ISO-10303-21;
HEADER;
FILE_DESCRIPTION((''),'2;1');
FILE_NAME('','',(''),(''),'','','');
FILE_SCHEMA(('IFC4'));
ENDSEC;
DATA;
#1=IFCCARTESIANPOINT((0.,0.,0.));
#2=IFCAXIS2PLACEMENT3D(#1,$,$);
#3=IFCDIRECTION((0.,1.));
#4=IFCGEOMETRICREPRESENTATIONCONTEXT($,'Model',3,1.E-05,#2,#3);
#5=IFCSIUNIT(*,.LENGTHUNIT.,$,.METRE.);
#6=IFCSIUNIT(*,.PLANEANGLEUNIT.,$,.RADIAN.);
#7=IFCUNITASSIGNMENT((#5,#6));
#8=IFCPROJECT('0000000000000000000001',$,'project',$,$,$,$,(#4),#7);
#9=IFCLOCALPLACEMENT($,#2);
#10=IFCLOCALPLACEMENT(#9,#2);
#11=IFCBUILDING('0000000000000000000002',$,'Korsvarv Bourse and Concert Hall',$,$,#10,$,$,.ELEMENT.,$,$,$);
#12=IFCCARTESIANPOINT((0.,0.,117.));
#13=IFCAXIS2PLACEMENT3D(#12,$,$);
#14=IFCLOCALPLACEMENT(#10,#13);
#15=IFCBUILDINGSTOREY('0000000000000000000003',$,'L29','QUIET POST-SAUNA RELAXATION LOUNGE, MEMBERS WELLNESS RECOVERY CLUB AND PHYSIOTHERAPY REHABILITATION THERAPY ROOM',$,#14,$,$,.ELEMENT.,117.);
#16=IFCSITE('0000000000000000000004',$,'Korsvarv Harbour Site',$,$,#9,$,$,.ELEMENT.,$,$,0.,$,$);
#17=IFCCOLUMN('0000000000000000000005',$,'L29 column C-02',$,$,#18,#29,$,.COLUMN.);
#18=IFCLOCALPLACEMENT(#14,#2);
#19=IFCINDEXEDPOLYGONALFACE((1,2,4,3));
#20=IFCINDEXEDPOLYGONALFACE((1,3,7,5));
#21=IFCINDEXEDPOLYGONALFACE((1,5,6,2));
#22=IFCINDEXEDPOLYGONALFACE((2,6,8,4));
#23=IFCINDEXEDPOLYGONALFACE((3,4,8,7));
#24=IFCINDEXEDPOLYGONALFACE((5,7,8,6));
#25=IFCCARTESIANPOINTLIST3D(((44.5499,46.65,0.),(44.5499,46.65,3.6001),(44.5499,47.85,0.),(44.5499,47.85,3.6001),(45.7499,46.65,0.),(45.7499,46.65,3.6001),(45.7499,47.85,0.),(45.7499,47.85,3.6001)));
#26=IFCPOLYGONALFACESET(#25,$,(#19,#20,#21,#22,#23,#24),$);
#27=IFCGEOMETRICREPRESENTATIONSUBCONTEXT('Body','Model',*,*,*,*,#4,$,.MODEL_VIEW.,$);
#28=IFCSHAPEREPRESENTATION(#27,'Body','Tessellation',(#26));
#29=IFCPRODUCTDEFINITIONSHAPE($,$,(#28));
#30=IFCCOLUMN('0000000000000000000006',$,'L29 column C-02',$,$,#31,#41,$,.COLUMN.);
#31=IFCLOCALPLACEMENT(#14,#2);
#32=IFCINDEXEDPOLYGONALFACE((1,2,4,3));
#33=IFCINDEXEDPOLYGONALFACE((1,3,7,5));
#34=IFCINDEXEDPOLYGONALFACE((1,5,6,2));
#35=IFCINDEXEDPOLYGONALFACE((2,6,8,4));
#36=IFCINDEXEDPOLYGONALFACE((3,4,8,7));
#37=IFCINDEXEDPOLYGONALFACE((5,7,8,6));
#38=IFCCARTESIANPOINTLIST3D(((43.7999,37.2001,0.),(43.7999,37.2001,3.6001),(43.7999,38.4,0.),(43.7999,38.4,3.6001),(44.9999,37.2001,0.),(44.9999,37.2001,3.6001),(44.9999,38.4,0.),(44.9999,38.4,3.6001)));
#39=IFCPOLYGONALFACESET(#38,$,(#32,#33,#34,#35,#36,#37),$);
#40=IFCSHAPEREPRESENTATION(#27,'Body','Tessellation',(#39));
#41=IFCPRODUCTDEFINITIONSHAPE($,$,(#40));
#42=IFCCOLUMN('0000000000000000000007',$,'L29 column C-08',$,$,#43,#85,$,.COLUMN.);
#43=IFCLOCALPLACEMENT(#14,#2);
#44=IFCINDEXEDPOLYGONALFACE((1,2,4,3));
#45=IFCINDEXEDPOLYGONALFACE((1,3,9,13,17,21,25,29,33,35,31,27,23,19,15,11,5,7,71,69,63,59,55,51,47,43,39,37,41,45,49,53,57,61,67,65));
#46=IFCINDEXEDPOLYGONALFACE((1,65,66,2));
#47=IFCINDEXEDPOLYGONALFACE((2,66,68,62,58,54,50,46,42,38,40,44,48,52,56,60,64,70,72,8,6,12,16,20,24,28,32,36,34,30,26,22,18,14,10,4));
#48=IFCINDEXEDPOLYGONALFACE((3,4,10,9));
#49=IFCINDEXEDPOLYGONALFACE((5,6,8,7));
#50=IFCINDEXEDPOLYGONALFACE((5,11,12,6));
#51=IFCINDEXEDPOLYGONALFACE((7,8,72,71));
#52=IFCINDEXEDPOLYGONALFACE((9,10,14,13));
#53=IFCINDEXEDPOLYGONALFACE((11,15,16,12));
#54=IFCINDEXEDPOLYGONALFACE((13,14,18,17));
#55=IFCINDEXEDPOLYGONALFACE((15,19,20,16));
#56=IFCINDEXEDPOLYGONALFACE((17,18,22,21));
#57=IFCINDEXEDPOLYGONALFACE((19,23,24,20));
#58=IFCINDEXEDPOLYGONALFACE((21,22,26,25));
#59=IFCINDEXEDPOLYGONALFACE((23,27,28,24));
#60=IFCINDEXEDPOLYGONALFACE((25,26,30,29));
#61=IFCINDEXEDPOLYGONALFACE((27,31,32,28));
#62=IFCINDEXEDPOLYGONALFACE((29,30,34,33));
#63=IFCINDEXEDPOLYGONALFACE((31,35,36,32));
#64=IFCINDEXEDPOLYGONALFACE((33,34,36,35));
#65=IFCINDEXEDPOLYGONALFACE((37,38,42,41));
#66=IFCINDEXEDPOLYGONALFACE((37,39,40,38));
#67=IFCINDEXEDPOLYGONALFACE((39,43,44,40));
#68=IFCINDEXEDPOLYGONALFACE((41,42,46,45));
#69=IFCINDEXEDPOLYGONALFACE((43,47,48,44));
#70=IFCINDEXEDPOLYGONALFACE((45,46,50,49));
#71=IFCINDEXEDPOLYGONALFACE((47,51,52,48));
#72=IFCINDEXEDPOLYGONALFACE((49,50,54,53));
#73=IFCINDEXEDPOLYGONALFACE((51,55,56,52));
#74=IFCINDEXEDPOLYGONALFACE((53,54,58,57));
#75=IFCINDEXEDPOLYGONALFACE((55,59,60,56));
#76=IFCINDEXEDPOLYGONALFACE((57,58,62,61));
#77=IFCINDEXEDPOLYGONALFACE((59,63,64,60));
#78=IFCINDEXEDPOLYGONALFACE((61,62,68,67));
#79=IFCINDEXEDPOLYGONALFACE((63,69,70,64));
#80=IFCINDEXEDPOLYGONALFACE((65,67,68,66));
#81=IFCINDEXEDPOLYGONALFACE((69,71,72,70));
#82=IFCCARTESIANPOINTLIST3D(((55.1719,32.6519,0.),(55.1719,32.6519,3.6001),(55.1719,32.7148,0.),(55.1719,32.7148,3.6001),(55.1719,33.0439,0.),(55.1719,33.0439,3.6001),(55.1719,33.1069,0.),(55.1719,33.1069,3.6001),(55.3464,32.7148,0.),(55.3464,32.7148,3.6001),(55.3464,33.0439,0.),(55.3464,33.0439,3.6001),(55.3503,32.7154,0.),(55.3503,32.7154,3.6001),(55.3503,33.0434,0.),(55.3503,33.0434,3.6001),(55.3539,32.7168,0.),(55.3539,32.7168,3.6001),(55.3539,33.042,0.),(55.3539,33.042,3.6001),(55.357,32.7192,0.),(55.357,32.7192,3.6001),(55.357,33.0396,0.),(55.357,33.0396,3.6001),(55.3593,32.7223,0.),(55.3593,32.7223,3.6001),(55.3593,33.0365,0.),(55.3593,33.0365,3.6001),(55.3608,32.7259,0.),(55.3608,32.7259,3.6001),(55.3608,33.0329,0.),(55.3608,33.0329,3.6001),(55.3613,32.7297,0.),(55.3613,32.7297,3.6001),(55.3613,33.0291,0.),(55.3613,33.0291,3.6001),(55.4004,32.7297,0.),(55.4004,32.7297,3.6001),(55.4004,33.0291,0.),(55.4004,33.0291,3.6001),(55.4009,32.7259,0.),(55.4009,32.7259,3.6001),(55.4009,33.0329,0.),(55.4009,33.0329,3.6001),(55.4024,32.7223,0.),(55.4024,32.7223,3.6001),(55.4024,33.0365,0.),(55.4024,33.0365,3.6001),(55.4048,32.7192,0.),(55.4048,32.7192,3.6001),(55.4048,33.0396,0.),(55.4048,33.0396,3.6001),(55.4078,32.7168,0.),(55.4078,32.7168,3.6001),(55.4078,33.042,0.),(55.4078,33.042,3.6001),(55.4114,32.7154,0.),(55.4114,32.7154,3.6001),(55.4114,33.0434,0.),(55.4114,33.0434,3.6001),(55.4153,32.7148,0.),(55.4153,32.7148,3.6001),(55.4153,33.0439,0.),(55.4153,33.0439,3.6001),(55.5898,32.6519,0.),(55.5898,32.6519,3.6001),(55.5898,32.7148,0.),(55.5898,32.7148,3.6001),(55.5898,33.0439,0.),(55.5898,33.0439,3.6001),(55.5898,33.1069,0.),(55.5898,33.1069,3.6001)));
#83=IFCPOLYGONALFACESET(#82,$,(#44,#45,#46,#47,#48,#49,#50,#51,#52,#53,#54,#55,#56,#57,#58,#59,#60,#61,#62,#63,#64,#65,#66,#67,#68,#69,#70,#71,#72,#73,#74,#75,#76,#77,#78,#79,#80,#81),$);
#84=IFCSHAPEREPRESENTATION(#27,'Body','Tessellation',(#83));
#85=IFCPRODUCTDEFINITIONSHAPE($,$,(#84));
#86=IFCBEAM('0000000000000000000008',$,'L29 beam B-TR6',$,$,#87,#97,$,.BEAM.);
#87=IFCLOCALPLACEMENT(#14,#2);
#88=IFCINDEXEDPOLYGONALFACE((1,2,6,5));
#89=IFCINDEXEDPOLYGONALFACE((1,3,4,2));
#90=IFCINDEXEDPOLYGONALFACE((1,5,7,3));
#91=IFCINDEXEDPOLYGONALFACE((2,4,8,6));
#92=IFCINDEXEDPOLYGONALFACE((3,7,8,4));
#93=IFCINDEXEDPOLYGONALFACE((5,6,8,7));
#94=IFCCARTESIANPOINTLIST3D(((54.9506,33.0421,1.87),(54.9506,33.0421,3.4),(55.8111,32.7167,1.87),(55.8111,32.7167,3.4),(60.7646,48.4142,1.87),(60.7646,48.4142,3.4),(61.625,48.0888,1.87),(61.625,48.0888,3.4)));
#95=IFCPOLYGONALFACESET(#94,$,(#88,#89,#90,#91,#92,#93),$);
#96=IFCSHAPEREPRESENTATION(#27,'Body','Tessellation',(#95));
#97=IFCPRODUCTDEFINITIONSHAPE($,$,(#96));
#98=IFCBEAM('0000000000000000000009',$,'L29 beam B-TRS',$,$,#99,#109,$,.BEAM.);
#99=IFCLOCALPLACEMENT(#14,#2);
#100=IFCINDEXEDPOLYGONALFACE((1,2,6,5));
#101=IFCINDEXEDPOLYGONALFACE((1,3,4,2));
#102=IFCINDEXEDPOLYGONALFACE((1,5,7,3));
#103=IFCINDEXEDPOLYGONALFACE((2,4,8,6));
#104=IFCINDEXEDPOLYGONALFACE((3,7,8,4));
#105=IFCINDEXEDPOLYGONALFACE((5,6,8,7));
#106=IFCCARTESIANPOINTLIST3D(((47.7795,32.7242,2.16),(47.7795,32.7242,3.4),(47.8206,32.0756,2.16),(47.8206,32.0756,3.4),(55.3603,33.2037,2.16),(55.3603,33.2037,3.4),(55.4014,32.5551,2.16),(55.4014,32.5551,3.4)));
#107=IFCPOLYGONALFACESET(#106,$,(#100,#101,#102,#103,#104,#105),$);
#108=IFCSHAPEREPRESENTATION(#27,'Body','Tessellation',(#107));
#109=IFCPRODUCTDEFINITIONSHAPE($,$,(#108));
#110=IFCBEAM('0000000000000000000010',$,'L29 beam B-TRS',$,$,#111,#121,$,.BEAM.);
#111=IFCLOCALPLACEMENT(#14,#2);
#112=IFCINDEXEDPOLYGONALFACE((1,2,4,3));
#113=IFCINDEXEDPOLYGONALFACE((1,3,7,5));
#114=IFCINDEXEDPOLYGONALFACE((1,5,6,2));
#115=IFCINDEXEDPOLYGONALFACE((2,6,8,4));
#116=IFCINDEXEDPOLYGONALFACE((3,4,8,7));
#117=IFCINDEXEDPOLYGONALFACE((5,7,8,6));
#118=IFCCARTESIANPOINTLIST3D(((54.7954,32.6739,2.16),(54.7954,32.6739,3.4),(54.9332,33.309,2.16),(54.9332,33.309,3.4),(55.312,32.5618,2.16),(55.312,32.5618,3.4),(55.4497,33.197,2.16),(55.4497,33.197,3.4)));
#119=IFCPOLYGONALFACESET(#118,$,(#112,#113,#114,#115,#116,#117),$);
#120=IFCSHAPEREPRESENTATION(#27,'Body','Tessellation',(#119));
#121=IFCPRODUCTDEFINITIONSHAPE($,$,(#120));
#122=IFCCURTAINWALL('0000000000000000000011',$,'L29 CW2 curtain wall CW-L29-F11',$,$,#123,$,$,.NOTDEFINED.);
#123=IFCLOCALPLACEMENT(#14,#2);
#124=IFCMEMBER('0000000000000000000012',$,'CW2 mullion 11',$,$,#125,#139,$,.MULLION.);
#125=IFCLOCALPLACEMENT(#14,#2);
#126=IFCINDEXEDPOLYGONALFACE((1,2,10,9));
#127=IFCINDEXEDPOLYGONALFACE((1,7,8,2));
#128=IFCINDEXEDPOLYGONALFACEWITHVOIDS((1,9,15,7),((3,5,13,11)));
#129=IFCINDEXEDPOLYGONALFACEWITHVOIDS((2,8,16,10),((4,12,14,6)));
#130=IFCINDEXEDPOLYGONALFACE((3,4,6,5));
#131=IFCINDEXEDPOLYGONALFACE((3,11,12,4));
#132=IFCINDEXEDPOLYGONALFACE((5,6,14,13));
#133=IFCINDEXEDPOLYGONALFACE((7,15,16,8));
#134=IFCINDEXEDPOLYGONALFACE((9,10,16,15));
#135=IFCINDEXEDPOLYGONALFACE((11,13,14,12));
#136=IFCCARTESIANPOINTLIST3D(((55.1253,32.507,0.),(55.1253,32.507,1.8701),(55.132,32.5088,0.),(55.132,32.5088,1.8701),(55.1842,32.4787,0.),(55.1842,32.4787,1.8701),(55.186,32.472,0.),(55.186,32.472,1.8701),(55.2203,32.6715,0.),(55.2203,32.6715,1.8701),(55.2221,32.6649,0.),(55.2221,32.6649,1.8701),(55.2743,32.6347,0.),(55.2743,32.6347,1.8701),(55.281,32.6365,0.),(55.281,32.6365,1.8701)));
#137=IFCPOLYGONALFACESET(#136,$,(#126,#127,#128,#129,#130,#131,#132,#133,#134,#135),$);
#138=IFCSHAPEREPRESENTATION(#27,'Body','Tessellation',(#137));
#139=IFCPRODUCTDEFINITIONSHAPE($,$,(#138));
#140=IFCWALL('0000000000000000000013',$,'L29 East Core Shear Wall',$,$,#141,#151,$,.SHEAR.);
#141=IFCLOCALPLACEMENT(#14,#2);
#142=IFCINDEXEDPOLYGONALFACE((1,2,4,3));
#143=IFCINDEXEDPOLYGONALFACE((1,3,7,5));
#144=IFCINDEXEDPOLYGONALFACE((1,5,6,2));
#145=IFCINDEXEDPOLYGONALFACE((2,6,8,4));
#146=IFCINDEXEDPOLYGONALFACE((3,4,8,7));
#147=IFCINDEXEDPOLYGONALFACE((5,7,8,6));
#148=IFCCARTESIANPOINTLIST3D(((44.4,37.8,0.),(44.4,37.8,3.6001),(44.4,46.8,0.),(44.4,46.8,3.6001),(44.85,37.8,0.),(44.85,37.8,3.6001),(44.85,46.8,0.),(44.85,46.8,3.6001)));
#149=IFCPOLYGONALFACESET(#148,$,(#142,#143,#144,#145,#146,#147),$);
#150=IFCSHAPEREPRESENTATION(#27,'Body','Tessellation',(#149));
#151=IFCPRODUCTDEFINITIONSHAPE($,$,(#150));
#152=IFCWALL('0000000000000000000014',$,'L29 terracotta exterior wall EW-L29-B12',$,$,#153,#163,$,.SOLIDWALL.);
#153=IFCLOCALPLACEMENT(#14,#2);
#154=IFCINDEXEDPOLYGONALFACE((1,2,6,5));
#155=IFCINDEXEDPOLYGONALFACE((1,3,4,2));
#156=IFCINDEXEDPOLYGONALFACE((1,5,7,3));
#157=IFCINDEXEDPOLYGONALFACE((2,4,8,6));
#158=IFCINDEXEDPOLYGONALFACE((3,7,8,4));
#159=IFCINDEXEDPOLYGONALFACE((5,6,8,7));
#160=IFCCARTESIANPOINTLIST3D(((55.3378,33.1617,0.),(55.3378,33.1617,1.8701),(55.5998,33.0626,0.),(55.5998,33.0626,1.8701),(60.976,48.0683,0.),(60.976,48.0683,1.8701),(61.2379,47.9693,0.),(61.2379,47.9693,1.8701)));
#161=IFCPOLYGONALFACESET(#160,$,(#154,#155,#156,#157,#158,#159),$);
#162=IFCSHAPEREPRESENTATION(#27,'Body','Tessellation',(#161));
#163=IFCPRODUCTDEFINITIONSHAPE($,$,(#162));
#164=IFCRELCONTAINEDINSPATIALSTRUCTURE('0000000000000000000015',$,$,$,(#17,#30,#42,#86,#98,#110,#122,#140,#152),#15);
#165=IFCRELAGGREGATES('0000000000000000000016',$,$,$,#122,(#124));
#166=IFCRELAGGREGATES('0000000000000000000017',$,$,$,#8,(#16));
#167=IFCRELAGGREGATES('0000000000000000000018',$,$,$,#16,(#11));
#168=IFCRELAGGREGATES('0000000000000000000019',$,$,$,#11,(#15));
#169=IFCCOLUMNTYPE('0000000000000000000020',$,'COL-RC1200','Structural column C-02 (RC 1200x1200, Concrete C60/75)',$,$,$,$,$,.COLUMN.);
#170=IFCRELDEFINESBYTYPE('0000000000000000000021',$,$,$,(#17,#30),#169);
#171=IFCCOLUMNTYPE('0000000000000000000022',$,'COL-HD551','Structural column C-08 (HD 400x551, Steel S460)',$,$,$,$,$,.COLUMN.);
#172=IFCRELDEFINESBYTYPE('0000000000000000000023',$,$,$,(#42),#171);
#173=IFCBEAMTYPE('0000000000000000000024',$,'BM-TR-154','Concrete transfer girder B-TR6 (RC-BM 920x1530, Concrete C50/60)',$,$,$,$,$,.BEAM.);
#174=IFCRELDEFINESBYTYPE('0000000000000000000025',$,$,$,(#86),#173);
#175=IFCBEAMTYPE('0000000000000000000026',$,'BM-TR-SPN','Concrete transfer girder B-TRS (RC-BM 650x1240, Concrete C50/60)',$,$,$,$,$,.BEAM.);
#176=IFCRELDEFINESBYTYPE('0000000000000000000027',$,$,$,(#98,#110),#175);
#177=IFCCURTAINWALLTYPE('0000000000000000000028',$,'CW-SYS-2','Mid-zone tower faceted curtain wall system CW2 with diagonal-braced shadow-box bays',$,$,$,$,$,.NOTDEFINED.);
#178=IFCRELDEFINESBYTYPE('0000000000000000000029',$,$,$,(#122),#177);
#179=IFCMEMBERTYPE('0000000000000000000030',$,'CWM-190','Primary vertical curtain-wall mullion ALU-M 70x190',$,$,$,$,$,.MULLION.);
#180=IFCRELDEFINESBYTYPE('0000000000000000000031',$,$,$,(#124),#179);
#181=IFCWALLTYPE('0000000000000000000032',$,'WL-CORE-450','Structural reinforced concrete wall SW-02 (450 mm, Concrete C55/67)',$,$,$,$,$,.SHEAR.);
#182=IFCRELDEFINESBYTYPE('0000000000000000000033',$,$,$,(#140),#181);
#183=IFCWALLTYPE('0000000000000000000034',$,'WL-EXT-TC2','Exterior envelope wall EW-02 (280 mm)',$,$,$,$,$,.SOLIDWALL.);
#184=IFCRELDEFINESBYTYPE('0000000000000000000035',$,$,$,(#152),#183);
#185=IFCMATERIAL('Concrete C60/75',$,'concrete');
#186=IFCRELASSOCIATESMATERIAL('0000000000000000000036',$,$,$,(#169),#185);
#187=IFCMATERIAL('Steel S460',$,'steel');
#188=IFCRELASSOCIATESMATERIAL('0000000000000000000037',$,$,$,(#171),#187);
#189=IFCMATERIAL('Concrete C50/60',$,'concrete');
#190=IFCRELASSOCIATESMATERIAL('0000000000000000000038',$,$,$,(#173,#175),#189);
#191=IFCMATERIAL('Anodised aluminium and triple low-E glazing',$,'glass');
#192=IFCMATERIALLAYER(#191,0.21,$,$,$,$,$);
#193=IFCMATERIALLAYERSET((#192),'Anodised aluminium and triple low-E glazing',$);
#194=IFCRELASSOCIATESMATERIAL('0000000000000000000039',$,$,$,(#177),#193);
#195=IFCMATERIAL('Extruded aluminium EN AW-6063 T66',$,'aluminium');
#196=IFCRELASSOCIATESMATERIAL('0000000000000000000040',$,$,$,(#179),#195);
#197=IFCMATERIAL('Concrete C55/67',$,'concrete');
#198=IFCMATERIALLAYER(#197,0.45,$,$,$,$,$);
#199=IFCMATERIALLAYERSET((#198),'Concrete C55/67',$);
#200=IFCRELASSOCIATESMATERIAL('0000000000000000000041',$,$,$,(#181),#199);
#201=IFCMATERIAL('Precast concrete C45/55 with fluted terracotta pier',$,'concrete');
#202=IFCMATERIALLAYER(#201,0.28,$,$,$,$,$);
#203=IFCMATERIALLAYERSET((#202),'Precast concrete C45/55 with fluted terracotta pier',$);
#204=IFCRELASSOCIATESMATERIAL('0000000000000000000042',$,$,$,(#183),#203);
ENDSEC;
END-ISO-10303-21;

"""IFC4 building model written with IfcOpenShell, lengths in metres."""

from ifc_helpers import new_model, si_unit, direction, frame, frame_2d, origin, origin_2d, place, context, subcontext, project, spatial, rectangle, hollow_rectangle, i_section, extrude, source, transform, mapped, material, layer, layer_set, material_profile, profile_set, type_object, element, aggregate, save


model = new_model("IFC4")

# Units and contexts
model_context = context("Model", 3, precision=1e-05, world=origin(), true_north=direction((0.0, 1.0)))
body_context = subcontext(model_context, "Body", "Model", "MODEL_VIEW")
ifc_project = project(units=[si_unit("LENGTHUNIT", "METRE"), si_unit("PLANEANGLEUNIT", "RADIAN")], contexts=[model_context])

# Site, building, storey
site_placement = place(None, origin())
site = spatial("IfcSite", under=ifc_project, at=site_placement, Name="Korsvarv Harbour Site", CompositionType="ELEMENT", RefElevation=0.0)
building_placement = place(site_placement, origin())
building = spatial("IfcBuilding", under=site, at=building_placement, Name="Korsvarv Bourse and Concert Hall", CompositionType="ELEMENT")
storey_placement = place(building_placement, frame((0.0, 0.0, 117.0)))
storey = spatial("IfcBuildingStorey", under=building, at=storey_placement, Name="L29", Description="QUIET POST-SAUNA RELAXATION LOUNGE, MEMBERS WELLNESS RECOVERY CLUB AND PHYSIOTHERAPY REHABILITATION THERAPY ROOM", CompositionType="ELEMENT", Elevation=117.0)

# Columns
ifc_material_1 = material(Name="Concrete C60/75", Category="concrete")
ifc_material_profile_1 = material_profile(ifc_material_1, rectangle(XDim=1.2, YDim=1.2, at=origin_2d()), Name="RC 1200x1200")
ifc_profile_set_1 = profile_set([ifc_material_profile_1], Name="Concrete C60/75")
column_type_1 = type_object("IfcColumnType", Name="COL-RC1200", Description="Structural column C-02 (RC 1200x1200, Concrete C60/75)", PredefinedType="COLUMN", material=ifc_profile_set_1)
shared_shape_1 = source(origin(), body_context, "Body", "SweptSolid", [
    extrude(rectangle(XDim=1.2, YDim=1.2, at=origin_2d()), origin(), (0.0, 0.0, 1.0), 3.6001),
])
for number, where, z_axis, x_axis, name in (
    (1, (45.1499, 47.25, 0.0), (0.0, 0.0, 1.0), (1.0, 0.0, 0.0), "L29 column C-02"),
    (2, (44.3999, 37.8, 0.0), (0.0, 0.0, 1.0), (1.0, 0.0, 0.0), "L29 column C-02"),
):
    element("IfcColumn", number, at=place(storey_placement, frame(where, z_axis=z_axis, x_axis=x_axis)), inside=storey, type_object=column_type_1, Name=name, PredefinedType="COLUMN", context=body_context, shape_type="MappedRepresentation", body=[
        mapped(shared_shape_1, transform((0.0, 0.0, 0.0), scale=1.0)),
    ])
ifc_material_2 = material(Name="Steel S460", Category="steel")
ifc_material_profile_2 = material_profile(ifc_material_2, i_section(OverallWidth=0.418, OverallDepth=0.4551, WebThickness=0.0391, FlangeThickness=0.063, FilletRadius=0.0149, at=origin_2d()), Name="HD 400x551")
ifc_profile_set_2 = profile_set([ifc_material_profile_2], Name="Steel S460")
column_type_2 = type_object("IfcColumnType", Name="COL-HD551", Description="Structural column C-08 (HD 400x551, Steel S460)", PredefinedType="COLUMN", material=ifc_profile_set_2)
shared_shape_2 = source(origin(), body_context, "Body", "SweptSolid", [
    extrude(i_section(OverallWidth=0.418, OverallDepth=0.4551, WebThickness=0.0391, FlangeThickness=0.063, FilletRadius=0.0149, at=origin_2d()), origin(), (0.0, 0.0, 1.0), 3.6001),
])
column_placement = place(storey_placement, frame((55.3809, 32.8794, 0.0), z_axis=(0.0, 0.0, 1.0), x_axis=(1.0, 0.0, 0.0)))
element("IfcColumn", 3, at=column_placement, inside=storey, type_object=column_type_2, Name="L29 column C-08", PredefinedType="COLUMN", context=body_context, shape_type="MappedRepresentation", body=[
    mapped(shared_shape_2, transform((0.0, 0.0, 0.0), scale=1.0)),
])

# Beams
ifc_material_3 = material(Name="Concrete C50/60", Category="concrete")
ifc_material_profile_3 = material_profile(ifc_material_3, rectangle(XDim=0.9199, YDim=1.53, at=origin_2d()), Name="RC-BM 920x1530")
ifc_profile_set_3 = profile_set([ifc_material_profile_3], Name="Concrete C50/60")
beam_type_1 = type_object("IfcBeamType", Name="BM-TR-154", Description="Concrete transfer girder B-TR6 (RC-BM 920x1530, Concrete C50/60)", PredefinedType="BEAM", material=ifc_profile_set_3)
shared_shape_3 = source(origin(), body_context, "Body", "SweptSolid", [
    extrude(rectangle(XDim=0.9199, YDim=1.53, at=origin_2d()), origin(), (0.0, 0.0, 1.0), 16.4348),
])
beam_1_placement = place(storey_placement, frame((55.3809, 32.8794, 2.635), z_axis=(0.353759, 0.935336, 0.0), x_axis=(-0.935336, 0.353759, 0.0)))
element("IfcBeam", 4, at=beam_1_placement, inside=storey, type_object=beam_type_1, Name="L29 beam B-TR6", PredefinedType="BEAM", context=body_context, shape_type="MappedRepresentation", body=[
    mapped(shared_shape_3, transform((0.0, 0.0, 0.0), scale=1.0)),
])
ifc_material_profile_4 = material_profile(ifc_material_3, rectangle(XDim=0.6499, YDim=1.24, at=origin_2d()), Name="RC-BM 650x1240")
ifc_profile_set_4 = profile_set([ifc_material_profile_4], Name="Concrete C50/60")
beam_type_2 = type_object("IfcBeamType", Name="BM-TR-SPN", Description="Concrete transfer girder B-TRS (RC-BM 650x1240, Concrete C50/60)", PredefinedType="BEAM", material=ifc_profile_set_4)
shared_shape_4 = source(origin(), body_context, "Body", "SweptSolid", [
    extrude(rectangle(XDim=0.6499, YDim=1.24, at=origin_2d()), origin(), (0.0, 0.0, 1.0), 7.5959),
])
beam_2_placement = place(storey_placement, frame((55.3809, 32.8794, 2.78), z_axis=(-0.998006, -0.063125, 0.0), x_axis=(0.063125, -0.998006, 0.0)))
element("IfcBeam", 5, at=beam_2_placement, inside=storey, type_object=beam_type_2, Name="L29 beam B-TRS", PredefinedType="BEAM", context=body_context, shape_type="MappedRepresentation", body=[
    mapped(shared_shape_4, transform((0.0, 0.0, 0.0), scale=1.0)),
])
shared_shape_5 = source(origin(), body_context, "Body", "SweptSolid", [
    extrude(rectangle(XDim=0.6499, YDim=1.24, at=origin_2d()), origin(), (0.0, 0.0, 1.0), 0.5286),
])
beam_3_placement = place(storey_placement, frame((55.3809, 32.8794, 2.78), z_axis=(-0.977272, 0.211989, 0.0), x_axis=(-0.211989, -0.977272, 0.0)))
element("IfcBeam", 6, at=beam_3_placement, inside=storey, type_object=beam_type_2, Name="L29 beam B-TRS", PredefinedType="BEAM", context=body_context, shape_type="MappedRepresentation", body=[
    mapped(shared_shape_5, transform((0.0, 0.0, 0.0), scale=1.0)),
])

# Curtain wall, member
ifc_material_4 = material(Name="Anodised aluminium and triple low-E glazing", Category="glass")
ifc_layer_1 = layer(ifc_material_4, 0.21)
ifc_layer_set_1 = layer_set([ifc_layer_1], Name="Anodised aluminium and triple low-E glazing")
curtain_wall_type = type_object("IfcCurtainWallType", Name="CW-SYS-2", Description="Mid-zone tower faceted curtain wall system CW2 with diagonal-braced shadow-box bays", PredefinedType="NOTDEFINED", material=ifc_layer_set_1)
curtain_wall_placement = place(storey_placement, origin())
curtain_wall = element("IfcCurtainWall", 7, at=curtain_wall_placement, inside=storey, type_object=curtain_wall_type, Name="L29 CW2 curtain wall CW-L29-F11", PredefinedType="NOTDEFINED")
ifc_material_5 = material(Name="Extruded aluminium EN AW-6063 T66", Category="aluminium")
ifc_material_profile_5 = material_profile(ifc_material_5, hollow_rectangle(XDim=0.0701, YDim=0.1899, WallThickness=0.0049, at=origin_2d()), Name="ALU-M 70x190")
ifc_profile_set_5 = profile_set([ifc_material_profile_5], Name="Extruded aluminium EN AW-6063 T66")
member_type = type_object("IfcMemberType", Name="CWM-190", Description="Primary vertical curtain-wall mullion ALU-M 70x190", PredefinedType="MULLION", material=ifc_profile_set_5)
shared_shape_6 = source(origin(), body_context, "Body", "SweptSolid", [
    extrude(hollow_rectangle(XDim=0.0701, YDim=0.1899, WallThickness=0.0049, at=origin_2d()), origin(), (0.0, 0.0, 1.0), 1.8701),
])
member_placement = place(storey_placement, frame((55.2031, 32.5718, 0.0), z_axis=(0.0, 0.0, 1.0), x_axis=(-0.866022, 0.500006, 0.0)))
member = element("IfcMember", 8, at=member_placement, type_object=member_type, Name="CW2 mullion 11", PredefinedType="MULLION", context=body_context, shape_type="MappedRepresentation", body=[
    mapped(shared_shape_6, transform((0.0, 0.0, 0.0), scale=1.0)),
])
aggregate(curtain_wall, [member])

# Walls
ifc_material_6 = material(Name="Concrete C55/67", Category="concrete")
ifc_layer_2 = layer(ifc_material_6, 0.45)
ifc_layer_set_2 = layer_set([ifc_layer_2], Name="Concrete C55/67")
wall_type_1 = type_object("IfcWallType", Name="WL-CORE-450", Description="Structural reinforced concrete wall SW-02 (450 mm, Concrete C55/67)", PredefinedType="SHEAR", material=ifc_layer_set_2)
wall_1_placement = place(storey_placement, frame((44.625, 37.8, 0.0), z_axis=(0.0, 0.0, 1.0), x_axis=(0.0, 1.0, 0.0)))
element("IfcWall", 9, at=wall_1_placement, inside=storey, type_object=wall_type_1, Name="L29 East Core Shear Wall", PredefinedType="SHEAR", context=body_context, shape_type="SweptSolid", body=[
    extrude(rectangle(XDim=9.0, YDim=0.45, at=frame_2d((4.5, 0.0))), origin(), (0.0, 0.0, 1.0), 3.6001),
])
ifc_material_7 = material(Name="Precast concrete C45/55 with fluted terracotta pier", Category="concrete")
ifc_layer_3 = layer(ifc_material_7, 0.28)
ifc_layer_set_3 = layer_set([ifc_layer_3], Name="Precast concrete C45/55 with fluted terracotta pier")
wall_type_2 = type_object("IfcWallType", Name="WL-EXT-TC2", Description="Exterior envelope wall EW-02 (280 mm)", PredefinedType="SOLIDWALL", material=ifc_layer_set_3)
wall_2_placement = place(storey_placement, frame((55.4688, 33.1121, 0.0), z_axis=(0.0, 0.0, 1.0), x_axis=(0.353771, 0.935332, 0.0)))
element("IfcWall", 10, at=wall_2_placement, inside=storey, type_object=wall_type_2, Name="L29 terracotta exterior wall EW-L29-B12", PredefinedType="SOLIDWALL", context=body_context, shape_type="SweptSolid", body=[
    extrude(rectangle(XDim=15.9373, YDim=0.28, at=frame_2d((7.9688, 0.0))), origin(), (0.0, 0.0, 1.0), 1.8701),
])

save(model, "model.ifc")
